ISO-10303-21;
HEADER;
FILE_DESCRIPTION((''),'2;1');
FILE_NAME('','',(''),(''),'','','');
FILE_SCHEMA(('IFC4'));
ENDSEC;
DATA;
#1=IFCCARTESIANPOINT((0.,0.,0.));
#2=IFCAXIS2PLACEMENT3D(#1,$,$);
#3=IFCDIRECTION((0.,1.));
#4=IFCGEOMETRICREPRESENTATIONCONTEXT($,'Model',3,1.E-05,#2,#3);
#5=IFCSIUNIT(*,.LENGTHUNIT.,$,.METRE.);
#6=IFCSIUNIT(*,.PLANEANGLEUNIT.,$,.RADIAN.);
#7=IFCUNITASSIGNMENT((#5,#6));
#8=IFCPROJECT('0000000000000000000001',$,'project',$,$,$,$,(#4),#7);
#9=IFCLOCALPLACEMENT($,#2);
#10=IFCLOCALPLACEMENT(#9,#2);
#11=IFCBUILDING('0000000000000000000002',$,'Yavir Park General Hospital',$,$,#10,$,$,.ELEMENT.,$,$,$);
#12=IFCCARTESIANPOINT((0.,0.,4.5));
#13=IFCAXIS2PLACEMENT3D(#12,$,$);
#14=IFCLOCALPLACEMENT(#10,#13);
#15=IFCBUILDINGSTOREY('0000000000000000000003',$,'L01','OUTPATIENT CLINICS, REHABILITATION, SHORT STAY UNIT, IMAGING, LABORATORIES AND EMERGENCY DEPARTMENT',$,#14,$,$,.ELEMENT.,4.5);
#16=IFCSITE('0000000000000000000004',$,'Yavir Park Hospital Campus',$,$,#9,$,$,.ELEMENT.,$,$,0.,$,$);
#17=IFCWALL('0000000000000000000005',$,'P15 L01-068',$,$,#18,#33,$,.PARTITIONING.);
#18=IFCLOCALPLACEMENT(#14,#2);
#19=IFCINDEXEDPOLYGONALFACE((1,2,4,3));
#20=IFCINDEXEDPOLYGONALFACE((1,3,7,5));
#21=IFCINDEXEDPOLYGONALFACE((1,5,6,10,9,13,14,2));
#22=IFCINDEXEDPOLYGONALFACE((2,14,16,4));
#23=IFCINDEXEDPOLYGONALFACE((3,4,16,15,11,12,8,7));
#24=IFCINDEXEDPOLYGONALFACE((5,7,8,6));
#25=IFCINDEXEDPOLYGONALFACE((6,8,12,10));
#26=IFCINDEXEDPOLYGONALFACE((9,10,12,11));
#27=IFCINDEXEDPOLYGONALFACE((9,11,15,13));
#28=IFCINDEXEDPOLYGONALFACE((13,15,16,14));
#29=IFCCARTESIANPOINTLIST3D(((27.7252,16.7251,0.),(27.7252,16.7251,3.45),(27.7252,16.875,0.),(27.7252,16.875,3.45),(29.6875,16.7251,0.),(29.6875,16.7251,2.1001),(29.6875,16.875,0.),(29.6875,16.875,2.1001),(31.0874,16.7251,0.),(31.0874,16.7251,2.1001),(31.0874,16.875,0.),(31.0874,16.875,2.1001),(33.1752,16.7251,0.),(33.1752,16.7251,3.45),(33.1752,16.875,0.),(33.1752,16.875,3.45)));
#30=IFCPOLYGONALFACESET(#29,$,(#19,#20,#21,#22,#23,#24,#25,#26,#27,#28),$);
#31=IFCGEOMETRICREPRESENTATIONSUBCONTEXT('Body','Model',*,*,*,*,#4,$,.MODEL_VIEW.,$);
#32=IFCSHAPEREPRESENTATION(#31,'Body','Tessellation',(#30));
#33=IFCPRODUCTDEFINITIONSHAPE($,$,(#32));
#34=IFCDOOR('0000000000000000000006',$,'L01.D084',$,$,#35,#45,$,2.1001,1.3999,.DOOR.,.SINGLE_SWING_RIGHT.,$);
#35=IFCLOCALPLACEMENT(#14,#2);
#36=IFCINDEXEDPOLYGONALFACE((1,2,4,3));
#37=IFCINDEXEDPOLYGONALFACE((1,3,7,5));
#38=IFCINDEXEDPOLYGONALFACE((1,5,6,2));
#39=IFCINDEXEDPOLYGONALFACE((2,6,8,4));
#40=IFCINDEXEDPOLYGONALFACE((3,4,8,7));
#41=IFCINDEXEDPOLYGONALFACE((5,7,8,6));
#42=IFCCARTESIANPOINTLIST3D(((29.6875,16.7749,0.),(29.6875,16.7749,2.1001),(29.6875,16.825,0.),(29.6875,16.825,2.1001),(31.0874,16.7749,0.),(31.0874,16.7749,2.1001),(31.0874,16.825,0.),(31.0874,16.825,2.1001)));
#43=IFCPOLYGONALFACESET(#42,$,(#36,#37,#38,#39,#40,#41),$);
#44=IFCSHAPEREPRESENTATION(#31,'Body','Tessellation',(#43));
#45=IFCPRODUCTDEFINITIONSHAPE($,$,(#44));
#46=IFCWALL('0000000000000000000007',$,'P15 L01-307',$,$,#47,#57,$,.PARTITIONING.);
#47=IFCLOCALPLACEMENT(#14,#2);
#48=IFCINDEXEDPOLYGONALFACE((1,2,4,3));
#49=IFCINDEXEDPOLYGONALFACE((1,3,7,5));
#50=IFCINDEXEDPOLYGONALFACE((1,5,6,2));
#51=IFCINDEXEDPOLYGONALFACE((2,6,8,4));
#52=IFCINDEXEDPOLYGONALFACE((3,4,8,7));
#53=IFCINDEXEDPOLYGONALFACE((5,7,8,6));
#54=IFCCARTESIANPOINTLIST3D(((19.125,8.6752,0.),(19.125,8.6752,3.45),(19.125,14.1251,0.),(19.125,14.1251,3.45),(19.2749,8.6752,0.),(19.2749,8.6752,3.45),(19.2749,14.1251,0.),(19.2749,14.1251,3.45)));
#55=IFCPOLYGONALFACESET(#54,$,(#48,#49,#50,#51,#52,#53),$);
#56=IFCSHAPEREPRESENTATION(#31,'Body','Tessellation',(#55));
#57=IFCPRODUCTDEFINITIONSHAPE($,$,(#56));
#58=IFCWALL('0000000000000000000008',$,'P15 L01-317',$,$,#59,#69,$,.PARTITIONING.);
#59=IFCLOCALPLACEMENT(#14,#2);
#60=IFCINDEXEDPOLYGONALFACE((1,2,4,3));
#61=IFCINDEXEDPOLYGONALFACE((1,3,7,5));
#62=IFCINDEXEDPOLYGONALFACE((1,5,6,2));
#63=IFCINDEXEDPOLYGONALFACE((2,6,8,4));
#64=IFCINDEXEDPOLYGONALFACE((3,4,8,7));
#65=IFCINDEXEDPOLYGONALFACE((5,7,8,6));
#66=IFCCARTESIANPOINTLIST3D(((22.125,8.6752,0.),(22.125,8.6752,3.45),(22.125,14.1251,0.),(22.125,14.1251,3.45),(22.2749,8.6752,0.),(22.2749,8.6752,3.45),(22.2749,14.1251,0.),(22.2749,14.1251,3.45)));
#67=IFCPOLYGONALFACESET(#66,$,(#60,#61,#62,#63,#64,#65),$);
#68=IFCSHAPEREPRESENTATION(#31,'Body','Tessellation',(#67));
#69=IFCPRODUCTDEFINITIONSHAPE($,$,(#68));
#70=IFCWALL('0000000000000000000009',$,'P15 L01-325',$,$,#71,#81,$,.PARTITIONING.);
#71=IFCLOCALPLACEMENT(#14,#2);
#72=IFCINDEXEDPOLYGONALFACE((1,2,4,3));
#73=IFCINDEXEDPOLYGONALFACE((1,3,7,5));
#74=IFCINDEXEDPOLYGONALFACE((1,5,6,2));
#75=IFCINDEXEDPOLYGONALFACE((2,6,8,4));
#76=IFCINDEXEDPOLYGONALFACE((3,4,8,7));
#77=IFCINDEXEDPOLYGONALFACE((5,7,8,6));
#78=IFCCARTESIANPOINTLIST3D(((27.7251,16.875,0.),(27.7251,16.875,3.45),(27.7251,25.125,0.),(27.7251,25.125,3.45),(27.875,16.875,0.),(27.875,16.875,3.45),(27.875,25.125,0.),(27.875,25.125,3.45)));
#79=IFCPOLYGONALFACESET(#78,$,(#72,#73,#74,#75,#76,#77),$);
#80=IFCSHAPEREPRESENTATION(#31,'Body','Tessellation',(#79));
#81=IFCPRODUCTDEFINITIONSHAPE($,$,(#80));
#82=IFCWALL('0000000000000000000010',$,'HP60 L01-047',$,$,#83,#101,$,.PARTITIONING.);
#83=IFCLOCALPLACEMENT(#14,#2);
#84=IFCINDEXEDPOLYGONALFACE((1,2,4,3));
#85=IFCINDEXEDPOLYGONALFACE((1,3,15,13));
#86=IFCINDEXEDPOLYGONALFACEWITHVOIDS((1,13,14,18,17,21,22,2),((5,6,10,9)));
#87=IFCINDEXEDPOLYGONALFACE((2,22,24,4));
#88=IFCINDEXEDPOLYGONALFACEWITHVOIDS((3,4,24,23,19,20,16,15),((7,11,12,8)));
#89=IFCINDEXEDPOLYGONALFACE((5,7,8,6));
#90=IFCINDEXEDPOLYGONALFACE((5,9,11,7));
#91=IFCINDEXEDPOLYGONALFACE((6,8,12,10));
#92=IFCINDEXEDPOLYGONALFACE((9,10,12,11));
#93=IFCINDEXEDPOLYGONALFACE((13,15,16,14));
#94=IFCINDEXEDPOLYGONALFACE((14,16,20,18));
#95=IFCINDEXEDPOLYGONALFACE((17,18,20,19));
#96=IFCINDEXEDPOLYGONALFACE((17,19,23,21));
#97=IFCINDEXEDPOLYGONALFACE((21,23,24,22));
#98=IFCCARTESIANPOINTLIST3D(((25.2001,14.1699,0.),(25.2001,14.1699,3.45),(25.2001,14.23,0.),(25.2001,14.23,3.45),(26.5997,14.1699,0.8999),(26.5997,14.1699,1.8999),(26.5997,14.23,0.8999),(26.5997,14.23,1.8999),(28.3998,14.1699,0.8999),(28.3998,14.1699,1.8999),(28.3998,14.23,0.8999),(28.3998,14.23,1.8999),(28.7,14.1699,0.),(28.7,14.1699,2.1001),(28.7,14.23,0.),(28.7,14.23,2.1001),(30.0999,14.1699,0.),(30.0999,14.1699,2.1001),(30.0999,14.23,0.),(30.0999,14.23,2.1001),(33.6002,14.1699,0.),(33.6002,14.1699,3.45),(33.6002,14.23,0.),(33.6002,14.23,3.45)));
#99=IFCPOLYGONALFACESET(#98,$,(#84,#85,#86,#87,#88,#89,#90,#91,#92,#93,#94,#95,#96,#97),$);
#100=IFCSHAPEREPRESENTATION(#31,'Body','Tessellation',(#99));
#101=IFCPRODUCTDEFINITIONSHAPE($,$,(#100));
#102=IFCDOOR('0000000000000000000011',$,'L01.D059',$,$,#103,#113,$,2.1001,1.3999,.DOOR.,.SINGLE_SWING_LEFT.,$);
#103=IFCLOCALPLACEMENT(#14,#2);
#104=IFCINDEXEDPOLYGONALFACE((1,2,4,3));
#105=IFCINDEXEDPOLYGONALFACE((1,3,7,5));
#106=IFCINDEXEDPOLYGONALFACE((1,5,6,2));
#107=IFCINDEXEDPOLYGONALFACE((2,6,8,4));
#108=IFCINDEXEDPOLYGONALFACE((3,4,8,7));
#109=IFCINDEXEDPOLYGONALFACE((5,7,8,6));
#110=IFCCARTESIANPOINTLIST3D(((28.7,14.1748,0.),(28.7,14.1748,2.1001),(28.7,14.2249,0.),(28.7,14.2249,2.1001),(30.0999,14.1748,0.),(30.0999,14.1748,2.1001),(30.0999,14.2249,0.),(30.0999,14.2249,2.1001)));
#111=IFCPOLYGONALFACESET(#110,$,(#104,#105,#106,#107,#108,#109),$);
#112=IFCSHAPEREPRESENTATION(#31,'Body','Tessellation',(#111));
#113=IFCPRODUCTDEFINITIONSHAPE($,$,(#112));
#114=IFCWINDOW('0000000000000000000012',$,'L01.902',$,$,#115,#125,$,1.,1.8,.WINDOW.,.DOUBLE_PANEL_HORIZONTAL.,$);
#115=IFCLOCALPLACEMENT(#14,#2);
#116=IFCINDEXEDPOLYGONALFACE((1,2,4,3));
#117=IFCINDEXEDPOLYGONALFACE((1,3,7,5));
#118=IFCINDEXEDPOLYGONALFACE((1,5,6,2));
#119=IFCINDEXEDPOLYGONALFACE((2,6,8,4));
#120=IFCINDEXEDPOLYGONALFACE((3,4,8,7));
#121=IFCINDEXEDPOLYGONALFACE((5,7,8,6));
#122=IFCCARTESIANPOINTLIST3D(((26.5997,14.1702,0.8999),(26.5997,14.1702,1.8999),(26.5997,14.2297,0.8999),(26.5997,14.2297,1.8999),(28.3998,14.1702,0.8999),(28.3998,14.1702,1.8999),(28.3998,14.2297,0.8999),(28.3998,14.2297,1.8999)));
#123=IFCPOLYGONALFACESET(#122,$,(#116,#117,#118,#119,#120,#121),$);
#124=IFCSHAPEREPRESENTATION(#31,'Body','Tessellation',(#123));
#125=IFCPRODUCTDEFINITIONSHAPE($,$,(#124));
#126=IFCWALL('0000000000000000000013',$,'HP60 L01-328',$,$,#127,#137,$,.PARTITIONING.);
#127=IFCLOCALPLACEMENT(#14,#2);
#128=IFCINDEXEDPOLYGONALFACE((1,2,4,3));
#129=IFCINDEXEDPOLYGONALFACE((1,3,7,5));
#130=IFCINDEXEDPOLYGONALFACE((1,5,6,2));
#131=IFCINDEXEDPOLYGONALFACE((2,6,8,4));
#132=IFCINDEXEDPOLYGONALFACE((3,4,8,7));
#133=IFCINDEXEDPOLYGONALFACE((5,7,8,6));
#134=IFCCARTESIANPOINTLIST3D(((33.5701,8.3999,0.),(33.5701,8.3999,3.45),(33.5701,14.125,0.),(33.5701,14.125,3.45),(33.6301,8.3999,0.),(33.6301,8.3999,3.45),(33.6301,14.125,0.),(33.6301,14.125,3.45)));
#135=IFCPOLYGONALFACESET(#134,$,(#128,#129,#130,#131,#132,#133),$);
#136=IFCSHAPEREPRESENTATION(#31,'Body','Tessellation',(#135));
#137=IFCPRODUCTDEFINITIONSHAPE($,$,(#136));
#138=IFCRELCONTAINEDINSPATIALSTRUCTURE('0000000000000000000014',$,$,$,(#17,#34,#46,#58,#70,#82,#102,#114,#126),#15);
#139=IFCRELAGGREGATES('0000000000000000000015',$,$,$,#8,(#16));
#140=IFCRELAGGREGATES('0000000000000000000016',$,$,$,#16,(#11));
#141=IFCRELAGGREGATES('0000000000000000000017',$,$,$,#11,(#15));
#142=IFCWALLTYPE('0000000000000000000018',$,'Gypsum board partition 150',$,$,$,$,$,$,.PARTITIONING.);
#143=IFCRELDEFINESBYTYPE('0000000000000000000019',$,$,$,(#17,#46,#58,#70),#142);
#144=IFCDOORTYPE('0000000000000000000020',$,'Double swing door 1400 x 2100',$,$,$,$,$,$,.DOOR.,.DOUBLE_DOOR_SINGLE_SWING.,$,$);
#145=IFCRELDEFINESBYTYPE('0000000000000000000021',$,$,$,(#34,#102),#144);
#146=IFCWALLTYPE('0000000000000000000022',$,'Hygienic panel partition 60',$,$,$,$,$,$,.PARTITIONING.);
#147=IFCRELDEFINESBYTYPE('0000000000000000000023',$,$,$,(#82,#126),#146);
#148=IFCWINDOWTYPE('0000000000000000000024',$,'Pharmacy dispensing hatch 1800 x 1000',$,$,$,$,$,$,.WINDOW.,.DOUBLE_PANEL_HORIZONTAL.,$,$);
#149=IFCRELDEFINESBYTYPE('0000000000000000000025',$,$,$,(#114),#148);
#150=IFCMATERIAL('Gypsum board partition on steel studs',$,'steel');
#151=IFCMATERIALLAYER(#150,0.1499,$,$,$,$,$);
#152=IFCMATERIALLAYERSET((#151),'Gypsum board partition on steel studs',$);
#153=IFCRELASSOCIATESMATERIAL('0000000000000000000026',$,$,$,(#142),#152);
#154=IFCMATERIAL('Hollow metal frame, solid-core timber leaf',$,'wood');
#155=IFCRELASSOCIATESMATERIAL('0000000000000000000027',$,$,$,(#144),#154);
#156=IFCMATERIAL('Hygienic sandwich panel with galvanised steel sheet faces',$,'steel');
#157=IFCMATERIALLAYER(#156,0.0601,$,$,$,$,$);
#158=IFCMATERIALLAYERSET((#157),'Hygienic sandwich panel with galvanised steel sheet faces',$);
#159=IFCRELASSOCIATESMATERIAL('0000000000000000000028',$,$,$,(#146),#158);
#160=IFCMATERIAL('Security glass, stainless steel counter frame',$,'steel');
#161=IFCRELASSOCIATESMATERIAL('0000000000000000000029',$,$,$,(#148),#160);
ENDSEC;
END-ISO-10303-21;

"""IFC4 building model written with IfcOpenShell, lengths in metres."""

from ifc_helpers import new_model, si_unit, direction, frame, frame_2d, origin, place, context, subcontext, project, spatial, rectangle, extrude, material, layer, layer_set, type_object, element, fill, save


model = new_model("IFC4")

# Units and contexts
model_context = context("Model", 3, precision=1e-05, world=origin(), true_north=direction((0.0, 1.0)))
body_context = subcontext(model_context, "Body", "Model", "MODEL_VIEW")
ifc_project = project(units=[si_unit("LENGTHUNIT", "METRE"), si_unit("PLANEANGLEUNIT", "RADIAN")], contexts=[model_context])

# Site, building, storey
site_placement = place(None, origin())
site = spatial("IfcSite", under=ifc_project, at=site_placement, Name="Yavir Park Hospital Campus", CompositionType="ELEMENT", RefElevation=0.0)
building_placement = place(site_placement, origin())
building = spatial("IfcBuilding", under=site, at=building_placement, Name="Yavir Park General Hospital", CompositionType="ELEMENT")
storey_placement = place(building_placement, frame((0.0, 0.0, 4.5)))
storey = spatial("IfcBuildingStorey", under=building, at=storey_placement, Name="L01", Description="OUTPATIENT CLINICS, REHABILITATION, SHORT STAY UNIT, IMAGING, LABORATORIES AND EMERGENCY DEPARTMENT", CompositionType="ELEMENT", Elevation=4.5)

# Shared definitions
ifc_material_1 = material(Name="Gypsum board partition on steel studs", Category="steel")
ifc_layer_1 = layer(ifc_material_1, 0.1499)
ifc_layer_set_1 = layer_set([ifc_layer_1], Name="Gypsum board partition on steel studs")
wall_type_1 = type_object("IfcWallType", Name="Gypsum board partition 150", PredefinedType="PARTITIONING", material=ifc_layer_set_1)

# Shared definitions
ifc_material_2 = material(Name="Hollow metal frame, solid-core timber leaf", Category="wood")
door_type_1 = type_object("IfcDoorType", Name="Double swing door 1400 x 2100", OperationType="DOUBLE_DOOR_SINGLE_SWING", PredefinedType="DOOR", material=ifc_material_2)

# Wall, opening, door
wall_1_placement = place(storey_placement, frame((27.7251, 16.8, 0.0), z_axis=(0.0, 0.0, 1.0), x_axis=(1.0, 0.0, 0.0)))
wall_1 = element("IfcWall", 1, at=wall_1_placement, inside=storey, type_object=wall_type_1, Name="P15 L01-068", PredefinedType="PARTITIONING", context=body_context, shape_type="SweptSolid", body=[
    extrude(rectangle(XDim=5.45, YDim=0.1499, at=frame_2d((2.7251, 0.0))), origin(), (0.0, 0.0, 1.0), 3.45),
])
opening_1_placement = place(wall_1_placement, frame((1.9624, 0.0, 0.0)))
opening_1 = element("IfcOpeningElement", 2, at=opening_1_placement, cuts=wall_1, PredefinedType="OPENING", context=body_context, shape_type="SweptSolid", body=[
    extrude(rectangle(XDim=1.3999, YDim=2.1001, at=frame_2d((0.7, 1.05))), frame((0.0, 0.085, 0.0), z_axis=(0.0, -1.0, 0.0), x_axis=(1.0, 0.0, 0.0)), (0.0, 0.0, 1.0), 0.1699),
])
door_1_placement = place(opening_1_placement, origin())
door_1 = element("IfcDoor", 3, at=door_1_placement, inside=storey, type_object=door_type_1, Name="L01.D084", OperationType="SINGLE_SWING_RIGHT", OverallHeight=2.1001, OverallWidth=1.3999, PredefinedType="DOOR", context=body_context, shape_type="SweptSolid", body=[
    extrude(rectangle(XDim=1.3999, YDim=2.1001, at=frame_2d((0.7, 1.05))), frame((0.0, 0.0249, 0.0), z_axis=(0.0, -1.0, 0.0), x_axis=(1.0, 0.0, 0.0)), (0.0, 0.0, 1.0), 0.05),
])
fill(opening_1, door_1)

# Walls
for number, where, z_axis, x_axis, name in (
    (4, (19.2, 8.675, 0.0), (0.0, 0.0, 1.0), (0.0, 1.0, 0.0), "P15 L01-307"),
    (5, (22.2, 8.675, 0.0), (0.0, 0.0, 1.0), (0.0, 1.0, 0.0), "P15 L01-317"),
):
    element("IfcWall", number, at=place(storey_placement, frame(where, z_axis=z_axis, x_axis=x_axis)), inside=storey, type_object=wall_type_1, Name=name, PredefinedType="PARTITIONING", context=body_context, shape_type="SweptSolid", body=[
        extrude(rectangle(XDim=5.45, YDim=0.1499, at=frame_2d((2.7251, 0.0))), origin(), (0.0, 0.0, 1.0), 3.45),
    ])
wall_2_placement = place(storey_placement, frame((27.8, 16.875, 0.0), z_axis=(0.0, 0.0, 1.0), x_axis=(0.0, 1.0, 0.0)))
element("IfcWall", 6, at=wall_2_placement, inside=storey, type_object=wall_type_1, Name="P15 L01-325", PredefinedType="PARTITIONING", context=body_context, shape_type="SweptSolid", body=[
    extrude(rectangle(XDim=8.25, YDim=0.1499, at=frame_2d((4.125, 0.0))), origin(), (0.0, 0.0, 1.0), 3.45),
])

# Wall, openings, door, window
ifc_material_3 = material(Name="Hygienic sandwich panel with galvanised steel sheet faces", Category="steel")
ifc_layer_2 = layer(ifc_material_3, 0.0601)
ifc_layer_set_2 = layer_set([ifc_layer_2], Name="Hygienic sandwich panel with galvanised steel sheet faces")
wall_type_2 = type_object("IfcWallType", Name="Hygienic panel partition 60", PredefinedType="PARTITIONING", material=ifc_layer_set_2)
wall_3_placement = place(storey_placement, frame((25.2, 14.2, 0.0), z_axis=(0.0, 0.0, 1.0), x_axis=(1.0, 0.0, 0.0)))
wall_3 = element("IfcWall", 7, at=wall_3_placement, inside=storey, type_object=wall_type_2, Name="HP60 L01-047", PredefinedType="PARTITIONING", context=body_context, shape_type="SweptSolid", body=[
    extrude(rectangle(XDim=8.4001, YDim=0.0601, at=frame_2d((4.2002, 0.0))), origin(), (0.0, 0.0, 1.0), 3.45),
])
opening_2_placement = place(wall_3_placement, frame((3.5, 0.0, 0.0)))
opening_2 = element("IfcOpeningElement", 8, at=opening_2_placement, cuts=wall_3, PredefinedType="OPENING", context=body_context, shape_type="SweptSolid", body=[
    extrude(rectangle(XDim=1.3999, YDim=2.1001, at=frame_2d((0.7, 1.05))), frame((0.0, 0.04, 0.0), z_axis=(0.0, -1.0, 0.0), x_axis=(1.0, 0.0, 0.0)), (0.0, 0.0, 1.0), 0.0801),
])
opening_3_placement = place(wall_3_placement, frame((1.3999, 0.0, 0.8999)))
opening_3 = element("IfcOpeningElement", 9, at=opening_3_placement, cuts=wall_3, PredefinedType="OPENING", context=body_context, shape_type="SweptSolid", body=[
    extrude(rectangle(XDim=1.8, YDim=1.0, at=frame_2d((0.8999, 0.5))), frame((0.0, 0.04, 0.0), z_axis=(0.0, -1.0, 0.0), x_axis=(1.0, 0.0, 0.0)), (0.0, 0.0, 1.0), 0.0801),
])
door_2_placement = place(opening_2_placement, origin())
door_2 = element("IfcDoor", 10, at=door_2_placement, inside=storey, type_object=door_type_1, Name="L01.D059", OperationType="SINGLE_SWING_LEFT", OverallHeight=2.1001, OverallWidth=1.3999, PredefinedType="DOOR", context=body_context, shape_type="SweptSolid", body=[
    extrude(rectangle(XDim=1.3999, YDim=2.1001, at=frame_2d((0.7, 1.05))), frame((0.0, 0.0249, 0.0), z_axis=(0.0, -1.0, 0.0), x_axis=(1.0, 0.0, 0.0)), (0.0, 0.0, 1.0), 0.05),
])
fill(opening_2, door_2)
ifc_material_4 = material(Name="Security glass, stainless steel counter frame", Category="steel")
window_type_1 = type_object("IfcWindowType", Name="Pharmacy dispensing hatch 1800 x 1000", PartitioningType="DOUBLE_PANEL_HORIZONTAL", PredefinedType="WINDOW", material=ifc_material_4)
window_1_placement = place(opening_3_placement, origin())
window_1 = element("IfcWindow", 11, at=window_1_placement, inside=storey, type_object=window_type_1, Name="L01.902", OverallHeight=1.0, OverallWidth=1.8, PartitioningType="DOUBLE_PANEL_HORIZONTAL", PredefinedType="WINDOW", context=body_context, shape_type="SweptSolid", body=[
    extrude(rectangle(XDim=1.8, YDim=1.0, at=frame_2d((0.8999, 0.5))), frame((0.0, 0.0298, 0.0), z_axis=(0.0, -1.0, 0.0), x_axis=(1.0, 0.0, 0.0)), (0.0, 0.0, 1.0), 0.0596),
])
fill(opening_3, window_1)

# Wall
wall_4_placement = place(storey_placement, frame((33.6001, 8.3999, 0.0), z_axis=(0.0, 0.0, 1.0), x_axis=(0.0, 1.0, 0.0)))
element("IfcWall", 12, at=wall_4_placement, inside=storey, type_object=wall_type_2, Name="HP60 L01-328", PredefinedType="PARTITIONING", context=body_context, shape_type="SweptSolid", body=[
    extrude(rectangle(XDim=5.7251, YDim=0.0601, at=frame_2d((2.8625, 0.0))), origin(), (0.0, 0.0, 1.0), 3.45),
])

save(model, "model.ifc")
